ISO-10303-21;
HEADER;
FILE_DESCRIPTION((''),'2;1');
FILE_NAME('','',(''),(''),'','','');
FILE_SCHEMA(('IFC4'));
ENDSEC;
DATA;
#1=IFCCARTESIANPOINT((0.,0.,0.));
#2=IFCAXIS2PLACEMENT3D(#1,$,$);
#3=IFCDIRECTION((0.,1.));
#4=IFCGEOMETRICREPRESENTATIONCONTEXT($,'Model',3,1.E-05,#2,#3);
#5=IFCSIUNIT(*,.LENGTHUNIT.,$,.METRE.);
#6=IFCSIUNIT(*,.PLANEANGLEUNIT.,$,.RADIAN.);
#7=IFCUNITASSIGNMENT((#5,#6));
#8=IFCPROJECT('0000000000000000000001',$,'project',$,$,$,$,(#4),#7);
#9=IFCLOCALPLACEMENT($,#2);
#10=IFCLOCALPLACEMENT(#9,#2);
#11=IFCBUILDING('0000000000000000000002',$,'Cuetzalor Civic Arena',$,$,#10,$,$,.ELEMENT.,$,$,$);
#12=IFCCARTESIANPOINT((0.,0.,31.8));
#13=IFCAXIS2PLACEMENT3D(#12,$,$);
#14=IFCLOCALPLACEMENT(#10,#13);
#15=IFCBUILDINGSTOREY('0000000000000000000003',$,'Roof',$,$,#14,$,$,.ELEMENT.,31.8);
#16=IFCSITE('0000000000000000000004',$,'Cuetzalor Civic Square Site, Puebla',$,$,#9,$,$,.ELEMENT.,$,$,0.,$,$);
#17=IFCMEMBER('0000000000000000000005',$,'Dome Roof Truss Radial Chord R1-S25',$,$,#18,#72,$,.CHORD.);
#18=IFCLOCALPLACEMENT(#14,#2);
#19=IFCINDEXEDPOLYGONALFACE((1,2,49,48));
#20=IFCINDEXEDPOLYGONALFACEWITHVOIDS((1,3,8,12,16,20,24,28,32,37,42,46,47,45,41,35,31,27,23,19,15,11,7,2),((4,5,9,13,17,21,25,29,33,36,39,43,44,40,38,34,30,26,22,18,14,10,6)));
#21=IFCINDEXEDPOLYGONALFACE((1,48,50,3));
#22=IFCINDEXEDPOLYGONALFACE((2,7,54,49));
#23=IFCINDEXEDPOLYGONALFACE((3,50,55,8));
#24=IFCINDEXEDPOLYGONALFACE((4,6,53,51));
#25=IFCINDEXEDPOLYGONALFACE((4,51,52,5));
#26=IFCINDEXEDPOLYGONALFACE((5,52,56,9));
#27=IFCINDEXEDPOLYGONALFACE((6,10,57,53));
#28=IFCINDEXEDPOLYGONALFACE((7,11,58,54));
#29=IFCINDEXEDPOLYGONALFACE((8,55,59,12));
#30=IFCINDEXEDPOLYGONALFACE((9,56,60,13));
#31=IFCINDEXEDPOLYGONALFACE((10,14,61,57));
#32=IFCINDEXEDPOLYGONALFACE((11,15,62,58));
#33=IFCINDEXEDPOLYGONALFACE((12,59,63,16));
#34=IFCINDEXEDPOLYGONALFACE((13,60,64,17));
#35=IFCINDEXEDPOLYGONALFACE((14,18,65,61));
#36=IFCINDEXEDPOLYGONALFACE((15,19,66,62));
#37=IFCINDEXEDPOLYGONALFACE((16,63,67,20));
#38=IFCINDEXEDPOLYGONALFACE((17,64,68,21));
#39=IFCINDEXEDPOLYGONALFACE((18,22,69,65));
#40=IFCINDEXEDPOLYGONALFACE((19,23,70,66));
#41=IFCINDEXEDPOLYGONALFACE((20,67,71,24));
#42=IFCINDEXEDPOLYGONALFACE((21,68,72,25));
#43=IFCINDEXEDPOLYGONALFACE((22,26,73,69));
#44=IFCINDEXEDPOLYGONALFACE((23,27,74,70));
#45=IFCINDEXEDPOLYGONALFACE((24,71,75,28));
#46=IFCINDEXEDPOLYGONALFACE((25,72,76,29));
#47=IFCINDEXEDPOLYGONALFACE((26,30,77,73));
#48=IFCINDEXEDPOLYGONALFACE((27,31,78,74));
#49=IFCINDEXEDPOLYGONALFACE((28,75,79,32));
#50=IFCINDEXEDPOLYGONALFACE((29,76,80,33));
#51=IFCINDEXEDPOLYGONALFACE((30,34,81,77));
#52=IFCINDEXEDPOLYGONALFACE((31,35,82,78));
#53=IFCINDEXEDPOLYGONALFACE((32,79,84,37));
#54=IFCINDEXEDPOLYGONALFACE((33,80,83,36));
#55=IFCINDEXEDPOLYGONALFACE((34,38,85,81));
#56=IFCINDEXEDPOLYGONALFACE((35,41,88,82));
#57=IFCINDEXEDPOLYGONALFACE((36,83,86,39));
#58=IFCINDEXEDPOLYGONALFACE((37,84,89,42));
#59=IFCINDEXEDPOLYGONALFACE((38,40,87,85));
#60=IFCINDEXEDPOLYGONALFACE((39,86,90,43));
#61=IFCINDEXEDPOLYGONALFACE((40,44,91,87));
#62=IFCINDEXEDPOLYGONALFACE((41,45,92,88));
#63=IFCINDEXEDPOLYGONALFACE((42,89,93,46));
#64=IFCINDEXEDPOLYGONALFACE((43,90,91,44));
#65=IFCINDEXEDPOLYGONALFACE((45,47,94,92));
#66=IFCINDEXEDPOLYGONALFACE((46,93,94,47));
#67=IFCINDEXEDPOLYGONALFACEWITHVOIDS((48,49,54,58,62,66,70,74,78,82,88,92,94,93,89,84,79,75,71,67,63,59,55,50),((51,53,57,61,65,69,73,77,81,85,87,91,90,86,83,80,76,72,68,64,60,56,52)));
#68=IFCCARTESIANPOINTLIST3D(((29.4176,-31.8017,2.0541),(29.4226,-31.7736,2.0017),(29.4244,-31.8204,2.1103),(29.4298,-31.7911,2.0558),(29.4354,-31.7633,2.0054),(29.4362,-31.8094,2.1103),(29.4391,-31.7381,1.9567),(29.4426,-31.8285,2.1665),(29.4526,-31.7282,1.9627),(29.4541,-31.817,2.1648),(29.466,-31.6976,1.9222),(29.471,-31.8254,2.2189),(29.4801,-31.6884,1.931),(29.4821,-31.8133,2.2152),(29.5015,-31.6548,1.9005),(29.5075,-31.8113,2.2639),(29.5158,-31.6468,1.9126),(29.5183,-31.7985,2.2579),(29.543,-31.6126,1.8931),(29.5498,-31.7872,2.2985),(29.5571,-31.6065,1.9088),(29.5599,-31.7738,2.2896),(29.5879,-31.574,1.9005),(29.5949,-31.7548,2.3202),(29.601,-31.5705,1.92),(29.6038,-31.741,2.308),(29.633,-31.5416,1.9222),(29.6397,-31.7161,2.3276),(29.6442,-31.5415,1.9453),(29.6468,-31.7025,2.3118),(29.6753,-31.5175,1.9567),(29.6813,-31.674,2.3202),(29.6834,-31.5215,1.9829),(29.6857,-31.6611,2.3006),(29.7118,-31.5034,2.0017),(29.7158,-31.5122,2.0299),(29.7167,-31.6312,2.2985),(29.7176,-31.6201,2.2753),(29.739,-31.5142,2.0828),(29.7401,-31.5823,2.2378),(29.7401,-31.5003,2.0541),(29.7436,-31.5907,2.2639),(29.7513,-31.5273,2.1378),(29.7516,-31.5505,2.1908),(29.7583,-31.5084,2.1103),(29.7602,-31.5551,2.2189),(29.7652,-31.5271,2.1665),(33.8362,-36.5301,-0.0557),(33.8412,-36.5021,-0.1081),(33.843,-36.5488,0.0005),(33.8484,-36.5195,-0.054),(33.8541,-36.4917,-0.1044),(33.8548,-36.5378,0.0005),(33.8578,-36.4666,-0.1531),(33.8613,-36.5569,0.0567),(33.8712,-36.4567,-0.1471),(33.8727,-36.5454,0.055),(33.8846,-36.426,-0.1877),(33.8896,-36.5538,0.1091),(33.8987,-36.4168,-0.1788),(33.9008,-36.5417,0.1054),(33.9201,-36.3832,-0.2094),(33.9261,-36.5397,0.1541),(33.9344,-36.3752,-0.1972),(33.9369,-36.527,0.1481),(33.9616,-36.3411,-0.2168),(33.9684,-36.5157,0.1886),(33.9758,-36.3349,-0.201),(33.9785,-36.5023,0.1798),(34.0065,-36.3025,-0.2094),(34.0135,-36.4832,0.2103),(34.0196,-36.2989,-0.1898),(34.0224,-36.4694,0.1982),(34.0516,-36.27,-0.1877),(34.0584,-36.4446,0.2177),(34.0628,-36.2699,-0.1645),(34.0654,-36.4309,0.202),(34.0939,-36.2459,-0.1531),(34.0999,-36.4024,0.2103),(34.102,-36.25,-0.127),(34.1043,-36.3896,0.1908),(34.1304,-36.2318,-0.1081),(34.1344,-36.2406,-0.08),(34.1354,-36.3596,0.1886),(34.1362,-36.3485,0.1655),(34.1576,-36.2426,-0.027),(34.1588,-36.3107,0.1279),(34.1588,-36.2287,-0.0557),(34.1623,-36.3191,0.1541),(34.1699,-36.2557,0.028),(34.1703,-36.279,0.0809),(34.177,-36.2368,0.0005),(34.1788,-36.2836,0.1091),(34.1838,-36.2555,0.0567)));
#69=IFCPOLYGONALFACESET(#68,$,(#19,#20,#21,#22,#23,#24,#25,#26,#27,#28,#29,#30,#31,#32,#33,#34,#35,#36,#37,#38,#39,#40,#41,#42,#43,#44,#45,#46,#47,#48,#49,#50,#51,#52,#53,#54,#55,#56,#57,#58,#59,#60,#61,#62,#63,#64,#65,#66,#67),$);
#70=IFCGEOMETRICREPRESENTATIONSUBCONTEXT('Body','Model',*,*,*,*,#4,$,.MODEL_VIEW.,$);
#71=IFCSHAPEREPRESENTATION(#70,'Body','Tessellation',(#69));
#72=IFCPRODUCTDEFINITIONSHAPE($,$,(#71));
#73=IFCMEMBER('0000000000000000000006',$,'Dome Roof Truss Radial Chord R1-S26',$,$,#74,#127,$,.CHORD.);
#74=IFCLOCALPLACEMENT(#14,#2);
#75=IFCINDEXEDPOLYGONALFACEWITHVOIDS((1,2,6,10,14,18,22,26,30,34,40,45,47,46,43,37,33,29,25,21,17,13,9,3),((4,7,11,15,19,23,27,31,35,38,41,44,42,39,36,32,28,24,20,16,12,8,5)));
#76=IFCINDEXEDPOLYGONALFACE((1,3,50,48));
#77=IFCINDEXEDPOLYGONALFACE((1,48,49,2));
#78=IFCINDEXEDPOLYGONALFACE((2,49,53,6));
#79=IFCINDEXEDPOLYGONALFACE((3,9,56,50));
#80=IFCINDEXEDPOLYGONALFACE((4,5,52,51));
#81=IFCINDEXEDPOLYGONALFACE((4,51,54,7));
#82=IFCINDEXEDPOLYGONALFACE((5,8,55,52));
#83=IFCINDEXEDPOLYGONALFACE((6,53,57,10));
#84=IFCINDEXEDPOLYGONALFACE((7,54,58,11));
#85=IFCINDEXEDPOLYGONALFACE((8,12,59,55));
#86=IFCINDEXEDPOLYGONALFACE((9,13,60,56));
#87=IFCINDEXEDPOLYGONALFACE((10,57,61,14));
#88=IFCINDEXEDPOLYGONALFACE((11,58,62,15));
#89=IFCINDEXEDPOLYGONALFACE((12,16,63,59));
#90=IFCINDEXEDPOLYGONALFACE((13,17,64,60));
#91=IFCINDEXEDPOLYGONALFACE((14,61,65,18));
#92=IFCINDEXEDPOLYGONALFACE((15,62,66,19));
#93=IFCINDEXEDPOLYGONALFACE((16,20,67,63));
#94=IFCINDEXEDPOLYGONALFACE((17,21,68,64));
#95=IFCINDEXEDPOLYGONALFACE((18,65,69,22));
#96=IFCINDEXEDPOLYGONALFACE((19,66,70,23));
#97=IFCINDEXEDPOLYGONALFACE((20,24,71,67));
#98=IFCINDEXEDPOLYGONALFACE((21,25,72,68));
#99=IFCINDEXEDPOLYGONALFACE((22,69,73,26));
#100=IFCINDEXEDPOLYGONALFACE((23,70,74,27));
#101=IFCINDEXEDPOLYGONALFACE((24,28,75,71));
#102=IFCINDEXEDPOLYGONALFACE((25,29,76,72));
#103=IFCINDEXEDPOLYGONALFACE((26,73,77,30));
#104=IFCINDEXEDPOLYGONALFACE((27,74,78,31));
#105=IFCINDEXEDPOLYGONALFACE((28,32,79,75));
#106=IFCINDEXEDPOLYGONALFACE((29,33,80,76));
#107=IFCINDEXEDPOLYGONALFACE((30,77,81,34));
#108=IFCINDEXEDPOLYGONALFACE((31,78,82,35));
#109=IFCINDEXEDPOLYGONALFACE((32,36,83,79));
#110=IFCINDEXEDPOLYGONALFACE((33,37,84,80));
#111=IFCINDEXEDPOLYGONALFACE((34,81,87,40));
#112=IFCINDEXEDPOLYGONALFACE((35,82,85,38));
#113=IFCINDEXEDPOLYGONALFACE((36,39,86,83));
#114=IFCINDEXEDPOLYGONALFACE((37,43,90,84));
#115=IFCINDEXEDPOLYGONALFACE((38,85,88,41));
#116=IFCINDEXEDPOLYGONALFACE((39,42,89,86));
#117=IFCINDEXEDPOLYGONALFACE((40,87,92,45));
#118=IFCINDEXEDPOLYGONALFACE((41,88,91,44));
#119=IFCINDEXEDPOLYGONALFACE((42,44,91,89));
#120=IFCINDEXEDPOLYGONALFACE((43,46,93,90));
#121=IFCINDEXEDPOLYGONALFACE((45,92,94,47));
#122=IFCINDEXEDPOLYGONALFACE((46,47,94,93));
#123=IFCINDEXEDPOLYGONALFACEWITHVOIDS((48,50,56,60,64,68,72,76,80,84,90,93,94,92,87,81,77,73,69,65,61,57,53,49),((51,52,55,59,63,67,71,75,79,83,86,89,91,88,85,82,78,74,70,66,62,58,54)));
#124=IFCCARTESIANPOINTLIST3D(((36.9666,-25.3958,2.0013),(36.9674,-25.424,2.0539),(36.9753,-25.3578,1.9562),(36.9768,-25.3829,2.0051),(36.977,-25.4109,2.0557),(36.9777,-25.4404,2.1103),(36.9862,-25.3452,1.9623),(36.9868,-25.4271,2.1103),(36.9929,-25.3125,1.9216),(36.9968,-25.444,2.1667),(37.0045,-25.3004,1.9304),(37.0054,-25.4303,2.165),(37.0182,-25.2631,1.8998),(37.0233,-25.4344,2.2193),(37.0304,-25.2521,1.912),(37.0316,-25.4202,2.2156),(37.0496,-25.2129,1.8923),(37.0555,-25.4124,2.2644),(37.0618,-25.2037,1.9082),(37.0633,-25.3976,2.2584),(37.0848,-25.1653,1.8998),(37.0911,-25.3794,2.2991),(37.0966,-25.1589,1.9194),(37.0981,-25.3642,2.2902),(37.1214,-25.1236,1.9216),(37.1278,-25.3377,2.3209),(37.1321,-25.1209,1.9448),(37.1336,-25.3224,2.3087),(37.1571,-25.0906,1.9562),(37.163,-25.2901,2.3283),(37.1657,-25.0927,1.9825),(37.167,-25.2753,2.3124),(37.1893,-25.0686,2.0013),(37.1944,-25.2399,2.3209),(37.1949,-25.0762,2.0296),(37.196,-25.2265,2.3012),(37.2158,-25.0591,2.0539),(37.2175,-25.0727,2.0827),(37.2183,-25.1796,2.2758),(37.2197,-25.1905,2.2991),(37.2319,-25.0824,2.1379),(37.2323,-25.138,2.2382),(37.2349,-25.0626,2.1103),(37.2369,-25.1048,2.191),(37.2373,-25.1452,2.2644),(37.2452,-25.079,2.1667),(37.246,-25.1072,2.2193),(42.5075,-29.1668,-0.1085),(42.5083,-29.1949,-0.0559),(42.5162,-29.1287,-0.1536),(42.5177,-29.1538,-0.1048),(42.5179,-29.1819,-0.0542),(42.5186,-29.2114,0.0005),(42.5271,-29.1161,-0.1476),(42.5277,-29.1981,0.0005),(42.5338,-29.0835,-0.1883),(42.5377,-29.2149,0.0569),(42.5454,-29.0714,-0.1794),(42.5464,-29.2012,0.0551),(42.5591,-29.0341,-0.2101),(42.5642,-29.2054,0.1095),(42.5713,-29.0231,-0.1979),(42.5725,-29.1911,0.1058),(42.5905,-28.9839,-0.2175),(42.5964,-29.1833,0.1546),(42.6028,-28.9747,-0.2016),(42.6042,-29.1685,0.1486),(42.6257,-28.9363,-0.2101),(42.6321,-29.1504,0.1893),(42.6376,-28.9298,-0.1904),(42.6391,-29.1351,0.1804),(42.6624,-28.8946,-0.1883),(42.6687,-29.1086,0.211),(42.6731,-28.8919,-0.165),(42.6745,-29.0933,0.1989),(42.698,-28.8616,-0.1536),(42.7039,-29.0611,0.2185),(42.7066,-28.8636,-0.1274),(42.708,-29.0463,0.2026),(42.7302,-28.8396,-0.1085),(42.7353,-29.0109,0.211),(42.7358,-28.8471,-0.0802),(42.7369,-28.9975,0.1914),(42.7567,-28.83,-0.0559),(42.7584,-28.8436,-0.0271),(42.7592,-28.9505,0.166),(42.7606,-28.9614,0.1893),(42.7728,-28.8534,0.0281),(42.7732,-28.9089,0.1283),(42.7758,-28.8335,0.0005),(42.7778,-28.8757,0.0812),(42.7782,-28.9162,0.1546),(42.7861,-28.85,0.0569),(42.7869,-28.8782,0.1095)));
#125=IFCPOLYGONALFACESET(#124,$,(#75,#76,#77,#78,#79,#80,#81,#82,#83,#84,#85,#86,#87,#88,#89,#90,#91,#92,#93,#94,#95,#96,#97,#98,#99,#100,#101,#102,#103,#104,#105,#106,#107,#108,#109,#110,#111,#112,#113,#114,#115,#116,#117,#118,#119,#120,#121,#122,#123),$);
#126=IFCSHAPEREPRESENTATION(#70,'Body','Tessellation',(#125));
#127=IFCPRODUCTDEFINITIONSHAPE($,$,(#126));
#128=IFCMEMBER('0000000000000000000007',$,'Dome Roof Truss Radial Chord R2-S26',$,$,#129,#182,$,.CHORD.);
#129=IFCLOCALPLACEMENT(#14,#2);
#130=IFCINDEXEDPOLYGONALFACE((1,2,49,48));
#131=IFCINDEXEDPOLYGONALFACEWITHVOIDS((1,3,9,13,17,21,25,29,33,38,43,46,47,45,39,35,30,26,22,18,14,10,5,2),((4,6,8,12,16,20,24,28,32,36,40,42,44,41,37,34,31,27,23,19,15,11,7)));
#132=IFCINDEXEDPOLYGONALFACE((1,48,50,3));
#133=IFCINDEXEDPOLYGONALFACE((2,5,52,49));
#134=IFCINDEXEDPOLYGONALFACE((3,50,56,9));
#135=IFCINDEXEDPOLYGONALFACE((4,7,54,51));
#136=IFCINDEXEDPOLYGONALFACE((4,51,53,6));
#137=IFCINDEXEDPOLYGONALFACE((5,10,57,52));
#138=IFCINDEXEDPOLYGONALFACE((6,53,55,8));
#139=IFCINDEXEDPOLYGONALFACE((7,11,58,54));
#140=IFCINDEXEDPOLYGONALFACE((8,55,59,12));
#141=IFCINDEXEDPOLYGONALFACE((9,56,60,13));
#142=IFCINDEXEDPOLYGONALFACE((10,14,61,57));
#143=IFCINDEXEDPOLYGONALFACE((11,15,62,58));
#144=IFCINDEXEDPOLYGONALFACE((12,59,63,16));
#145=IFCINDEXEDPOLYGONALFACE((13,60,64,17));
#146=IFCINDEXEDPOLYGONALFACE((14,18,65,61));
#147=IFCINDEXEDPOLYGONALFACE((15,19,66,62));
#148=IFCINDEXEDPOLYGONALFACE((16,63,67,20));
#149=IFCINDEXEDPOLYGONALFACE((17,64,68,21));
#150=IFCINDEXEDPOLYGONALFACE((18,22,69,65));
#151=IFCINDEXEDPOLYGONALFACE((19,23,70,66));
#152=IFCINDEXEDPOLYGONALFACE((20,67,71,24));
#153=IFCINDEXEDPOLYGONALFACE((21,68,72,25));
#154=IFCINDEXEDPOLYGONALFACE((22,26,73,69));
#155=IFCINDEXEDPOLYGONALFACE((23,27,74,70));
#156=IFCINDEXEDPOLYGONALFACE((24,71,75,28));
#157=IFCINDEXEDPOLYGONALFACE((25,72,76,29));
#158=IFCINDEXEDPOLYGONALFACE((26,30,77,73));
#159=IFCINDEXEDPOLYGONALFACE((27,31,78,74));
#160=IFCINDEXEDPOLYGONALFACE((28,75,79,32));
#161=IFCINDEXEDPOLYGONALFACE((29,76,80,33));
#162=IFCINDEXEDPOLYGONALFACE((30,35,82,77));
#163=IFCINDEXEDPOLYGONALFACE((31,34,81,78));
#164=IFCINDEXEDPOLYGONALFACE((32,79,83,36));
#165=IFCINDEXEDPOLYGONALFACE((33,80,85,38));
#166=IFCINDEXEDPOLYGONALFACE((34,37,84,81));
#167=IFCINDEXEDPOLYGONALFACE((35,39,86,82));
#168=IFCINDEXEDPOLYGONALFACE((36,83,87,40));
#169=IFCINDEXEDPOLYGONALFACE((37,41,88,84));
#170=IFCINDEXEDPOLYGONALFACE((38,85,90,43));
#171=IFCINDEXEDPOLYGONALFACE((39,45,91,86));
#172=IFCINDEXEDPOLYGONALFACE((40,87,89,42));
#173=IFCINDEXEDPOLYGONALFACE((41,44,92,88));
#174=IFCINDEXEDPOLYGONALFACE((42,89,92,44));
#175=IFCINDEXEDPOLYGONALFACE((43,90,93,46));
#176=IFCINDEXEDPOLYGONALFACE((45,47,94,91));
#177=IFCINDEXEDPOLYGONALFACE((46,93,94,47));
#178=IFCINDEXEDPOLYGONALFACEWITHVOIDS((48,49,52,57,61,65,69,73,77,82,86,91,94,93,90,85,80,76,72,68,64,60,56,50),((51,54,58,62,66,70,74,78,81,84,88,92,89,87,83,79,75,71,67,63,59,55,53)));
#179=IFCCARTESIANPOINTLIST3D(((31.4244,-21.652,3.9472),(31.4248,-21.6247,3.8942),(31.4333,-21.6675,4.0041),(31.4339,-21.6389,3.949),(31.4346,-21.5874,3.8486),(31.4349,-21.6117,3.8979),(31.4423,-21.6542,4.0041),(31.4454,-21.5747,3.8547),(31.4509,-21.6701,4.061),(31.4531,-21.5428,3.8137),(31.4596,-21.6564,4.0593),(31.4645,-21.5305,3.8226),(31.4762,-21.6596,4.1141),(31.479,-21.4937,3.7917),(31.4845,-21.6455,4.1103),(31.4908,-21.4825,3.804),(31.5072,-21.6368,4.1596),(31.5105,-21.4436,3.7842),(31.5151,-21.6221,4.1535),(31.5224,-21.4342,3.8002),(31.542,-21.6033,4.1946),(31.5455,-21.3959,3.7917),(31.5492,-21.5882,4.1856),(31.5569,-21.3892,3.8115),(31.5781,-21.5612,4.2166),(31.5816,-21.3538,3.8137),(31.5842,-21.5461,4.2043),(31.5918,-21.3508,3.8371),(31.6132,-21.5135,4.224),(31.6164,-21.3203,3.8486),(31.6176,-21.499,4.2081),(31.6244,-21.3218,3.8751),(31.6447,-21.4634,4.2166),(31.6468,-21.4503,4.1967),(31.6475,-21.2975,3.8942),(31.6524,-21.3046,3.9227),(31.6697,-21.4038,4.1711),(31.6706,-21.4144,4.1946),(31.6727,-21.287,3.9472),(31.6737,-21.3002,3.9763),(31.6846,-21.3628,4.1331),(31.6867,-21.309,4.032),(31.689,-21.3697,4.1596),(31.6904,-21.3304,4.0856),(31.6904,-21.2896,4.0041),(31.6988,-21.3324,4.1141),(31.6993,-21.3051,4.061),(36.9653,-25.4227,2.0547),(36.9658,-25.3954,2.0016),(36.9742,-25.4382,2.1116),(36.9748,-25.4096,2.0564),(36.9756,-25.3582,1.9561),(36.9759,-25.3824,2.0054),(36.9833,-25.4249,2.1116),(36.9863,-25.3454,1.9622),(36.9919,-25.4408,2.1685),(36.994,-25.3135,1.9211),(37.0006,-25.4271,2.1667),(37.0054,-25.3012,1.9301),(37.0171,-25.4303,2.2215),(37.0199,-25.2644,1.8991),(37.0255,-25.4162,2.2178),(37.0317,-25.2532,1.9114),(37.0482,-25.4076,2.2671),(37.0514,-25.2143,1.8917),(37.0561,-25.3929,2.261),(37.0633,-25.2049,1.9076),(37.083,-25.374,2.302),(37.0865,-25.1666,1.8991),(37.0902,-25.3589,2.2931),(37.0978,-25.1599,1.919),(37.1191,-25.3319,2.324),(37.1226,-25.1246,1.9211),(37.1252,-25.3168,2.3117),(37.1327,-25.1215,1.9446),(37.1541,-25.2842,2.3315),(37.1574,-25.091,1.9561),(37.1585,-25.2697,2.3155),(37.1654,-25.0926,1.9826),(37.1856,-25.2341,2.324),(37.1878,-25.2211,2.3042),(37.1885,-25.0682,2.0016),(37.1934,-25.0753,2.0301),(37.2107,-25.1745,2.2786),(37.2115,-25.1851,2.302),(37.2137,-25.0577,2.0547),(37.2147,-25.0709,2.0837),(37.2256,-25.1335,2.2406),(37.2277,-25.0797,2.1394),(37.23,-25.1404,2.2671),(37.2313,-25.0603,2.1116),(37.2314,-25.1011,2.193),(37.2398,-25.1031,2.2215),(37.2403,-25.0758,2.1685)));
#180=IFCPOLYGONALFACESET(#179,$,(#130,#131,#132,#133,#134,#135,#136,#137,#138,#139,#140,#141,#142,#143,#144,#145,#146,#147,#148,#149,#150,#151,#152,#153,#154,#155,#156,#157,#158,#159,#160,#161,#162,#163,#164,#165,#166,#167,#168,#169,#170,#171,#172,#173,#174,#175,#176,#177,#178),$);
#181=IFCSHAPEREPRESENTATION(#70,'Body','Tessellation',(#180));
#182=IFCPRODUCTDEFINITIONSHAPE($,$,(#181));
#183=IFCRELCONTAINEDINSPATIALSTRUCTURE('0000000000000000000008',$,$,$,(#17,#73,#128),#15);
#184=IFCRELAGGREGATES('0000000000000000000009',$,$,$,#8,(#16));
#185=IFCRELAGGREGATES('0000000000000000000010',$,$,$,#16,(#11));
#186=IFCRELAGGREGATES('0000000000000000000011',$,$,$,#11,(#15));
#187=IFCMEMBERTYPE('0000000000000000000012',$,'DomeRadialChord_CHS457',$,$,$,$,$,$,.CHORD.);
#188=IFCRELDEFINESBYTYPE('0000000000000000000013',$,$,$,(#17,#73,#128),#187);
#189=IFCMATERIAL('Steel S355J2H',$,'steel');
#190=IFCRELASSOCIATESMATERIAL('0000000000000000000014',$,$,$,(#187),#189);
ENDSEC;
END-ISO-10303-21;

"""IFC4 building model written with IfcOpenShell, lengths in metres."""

from ifc_helpers import new_model, si_unit, direction, frame, origin, origin_2d, place, context, subcontext, project, spatial, hollow_circle, extrude, material, material_profile, profile_set, type_object, element, save


model = new_model("IFC4")

# Units and contexts
model_context = context("Model", 3, precision=1e-05, world=origin(), true_north=direction((0.0, 1.0)))
body_context = subcontext(model_context, "Body", "Model", "MODEL_VIEW")
ifc_project = project(units=[si_unit("LENGTHUNIT", "METRE"), si_unit("PLANEANGLEUNIT", "RADIAN")], contexts=[model_context])

# Site, building, storey
site_placement = place(None, origin())
site = spatial("IfcSite", under=ifc_project, at=site_placement, Name="Cuetzalor Civic Square Site, Puebla", CompositionType="ELEMENT", RefElevation=0.0)
building_placement = place(site_placement, origin())
building = spatial("IfcBuilding", under=site, at=building_placement, Name="Cuetzalor Civic Arena", CompositionType="ELEMENT")
storey_placement = place(building_placement, frame((0.0, 0.0, 31.8)))
storey = spatial("IfcBuildingStorey", under=building, at=storey_placement, Name="Roof", CompositionType="ELEMENT", Elevation=31.8)

# Members
ifc_material_1 = material(Name="Steel S355J2H", Category="steel")
ifc_material_profile_1 = material_profile(ifc_material_1, hollow_circle(Radius=0.2285, WallThickness=0.0161, at=origin_2d()), Name="CHS 457x16")
ifc_profile_set_1 = profile_set([ifc_material_profile_1], Name="Steel S355J2H")
member_type_1 = type_object("IfcMemberType", Name="DomeRadialChord_CHS457", PredefinedType="CHORD", material=ifc_profile_set_1)
member_1_placement = place(storey_placement, frame((34.01, -36.3928, 0.0005), z_axis=(-0.64914, 0.694654, 0.309955), x_axis=(-0.730637, -0.682766, 0.0)))
element("IfcMember", 1, at=member_1_placement, inside=storey, type_object=member_type_1, Name="Dome Roof Truss Radial Chord R1-S25", PredefinedType="CHORD", context=body_context, shape_type="SweptSolid", body=[
    extrude(hollow_circle(Radius=0.2285, WallThickness=0.0161, at=origin_2d()), origin(), (0.0, 0.0, 1.0), 6.8069),
])
member_2_placement = place(storey_placement, frame((42.6472, -29.0225, 0.0005), z_axis=(-0.788564, 0.536665, 0.300263), x_axis=(-0.562627, -0.826711, 0.0)))
element("IfcMember", 2, at=member_2_placement, inside=storey, type_object=member_type_1, Name="Dome Roof Truss Radial Chord R1-S26", PredefinedType="CHORD", context=body_context, shape_type="SweptSolid", body=[
    extrude(hollow_circle(Radius=0.2285, WallThickness=0.0161, at=origin_2d()), origin(), (0.0, 0.0, 1.0), 7.0266),
])
member_3_placement = place(storey_placement, frame((37.1028, -25.2493, 2.1116), z_axis=(-0.795617, 0.54143, 0.271749), x_axis=(-0.562602, -0.826728, 0.0)))
element("IfcMember", 3, at=member_3_placement, inside=storey, type_object=member_type_1, Name="Dome Roof Truss Radial Chord R2-S26", PredefinedType="CHORD", context=body_context, shape_type="SweptSolid", body=[
    extrude(hollow_circle(Radius=0.2285, WallThickness=0.0161, at=origin_2d()), origin(), (0.0, 0.0, 1.0), 6.9644),
])

save(model, "model.ifc")
